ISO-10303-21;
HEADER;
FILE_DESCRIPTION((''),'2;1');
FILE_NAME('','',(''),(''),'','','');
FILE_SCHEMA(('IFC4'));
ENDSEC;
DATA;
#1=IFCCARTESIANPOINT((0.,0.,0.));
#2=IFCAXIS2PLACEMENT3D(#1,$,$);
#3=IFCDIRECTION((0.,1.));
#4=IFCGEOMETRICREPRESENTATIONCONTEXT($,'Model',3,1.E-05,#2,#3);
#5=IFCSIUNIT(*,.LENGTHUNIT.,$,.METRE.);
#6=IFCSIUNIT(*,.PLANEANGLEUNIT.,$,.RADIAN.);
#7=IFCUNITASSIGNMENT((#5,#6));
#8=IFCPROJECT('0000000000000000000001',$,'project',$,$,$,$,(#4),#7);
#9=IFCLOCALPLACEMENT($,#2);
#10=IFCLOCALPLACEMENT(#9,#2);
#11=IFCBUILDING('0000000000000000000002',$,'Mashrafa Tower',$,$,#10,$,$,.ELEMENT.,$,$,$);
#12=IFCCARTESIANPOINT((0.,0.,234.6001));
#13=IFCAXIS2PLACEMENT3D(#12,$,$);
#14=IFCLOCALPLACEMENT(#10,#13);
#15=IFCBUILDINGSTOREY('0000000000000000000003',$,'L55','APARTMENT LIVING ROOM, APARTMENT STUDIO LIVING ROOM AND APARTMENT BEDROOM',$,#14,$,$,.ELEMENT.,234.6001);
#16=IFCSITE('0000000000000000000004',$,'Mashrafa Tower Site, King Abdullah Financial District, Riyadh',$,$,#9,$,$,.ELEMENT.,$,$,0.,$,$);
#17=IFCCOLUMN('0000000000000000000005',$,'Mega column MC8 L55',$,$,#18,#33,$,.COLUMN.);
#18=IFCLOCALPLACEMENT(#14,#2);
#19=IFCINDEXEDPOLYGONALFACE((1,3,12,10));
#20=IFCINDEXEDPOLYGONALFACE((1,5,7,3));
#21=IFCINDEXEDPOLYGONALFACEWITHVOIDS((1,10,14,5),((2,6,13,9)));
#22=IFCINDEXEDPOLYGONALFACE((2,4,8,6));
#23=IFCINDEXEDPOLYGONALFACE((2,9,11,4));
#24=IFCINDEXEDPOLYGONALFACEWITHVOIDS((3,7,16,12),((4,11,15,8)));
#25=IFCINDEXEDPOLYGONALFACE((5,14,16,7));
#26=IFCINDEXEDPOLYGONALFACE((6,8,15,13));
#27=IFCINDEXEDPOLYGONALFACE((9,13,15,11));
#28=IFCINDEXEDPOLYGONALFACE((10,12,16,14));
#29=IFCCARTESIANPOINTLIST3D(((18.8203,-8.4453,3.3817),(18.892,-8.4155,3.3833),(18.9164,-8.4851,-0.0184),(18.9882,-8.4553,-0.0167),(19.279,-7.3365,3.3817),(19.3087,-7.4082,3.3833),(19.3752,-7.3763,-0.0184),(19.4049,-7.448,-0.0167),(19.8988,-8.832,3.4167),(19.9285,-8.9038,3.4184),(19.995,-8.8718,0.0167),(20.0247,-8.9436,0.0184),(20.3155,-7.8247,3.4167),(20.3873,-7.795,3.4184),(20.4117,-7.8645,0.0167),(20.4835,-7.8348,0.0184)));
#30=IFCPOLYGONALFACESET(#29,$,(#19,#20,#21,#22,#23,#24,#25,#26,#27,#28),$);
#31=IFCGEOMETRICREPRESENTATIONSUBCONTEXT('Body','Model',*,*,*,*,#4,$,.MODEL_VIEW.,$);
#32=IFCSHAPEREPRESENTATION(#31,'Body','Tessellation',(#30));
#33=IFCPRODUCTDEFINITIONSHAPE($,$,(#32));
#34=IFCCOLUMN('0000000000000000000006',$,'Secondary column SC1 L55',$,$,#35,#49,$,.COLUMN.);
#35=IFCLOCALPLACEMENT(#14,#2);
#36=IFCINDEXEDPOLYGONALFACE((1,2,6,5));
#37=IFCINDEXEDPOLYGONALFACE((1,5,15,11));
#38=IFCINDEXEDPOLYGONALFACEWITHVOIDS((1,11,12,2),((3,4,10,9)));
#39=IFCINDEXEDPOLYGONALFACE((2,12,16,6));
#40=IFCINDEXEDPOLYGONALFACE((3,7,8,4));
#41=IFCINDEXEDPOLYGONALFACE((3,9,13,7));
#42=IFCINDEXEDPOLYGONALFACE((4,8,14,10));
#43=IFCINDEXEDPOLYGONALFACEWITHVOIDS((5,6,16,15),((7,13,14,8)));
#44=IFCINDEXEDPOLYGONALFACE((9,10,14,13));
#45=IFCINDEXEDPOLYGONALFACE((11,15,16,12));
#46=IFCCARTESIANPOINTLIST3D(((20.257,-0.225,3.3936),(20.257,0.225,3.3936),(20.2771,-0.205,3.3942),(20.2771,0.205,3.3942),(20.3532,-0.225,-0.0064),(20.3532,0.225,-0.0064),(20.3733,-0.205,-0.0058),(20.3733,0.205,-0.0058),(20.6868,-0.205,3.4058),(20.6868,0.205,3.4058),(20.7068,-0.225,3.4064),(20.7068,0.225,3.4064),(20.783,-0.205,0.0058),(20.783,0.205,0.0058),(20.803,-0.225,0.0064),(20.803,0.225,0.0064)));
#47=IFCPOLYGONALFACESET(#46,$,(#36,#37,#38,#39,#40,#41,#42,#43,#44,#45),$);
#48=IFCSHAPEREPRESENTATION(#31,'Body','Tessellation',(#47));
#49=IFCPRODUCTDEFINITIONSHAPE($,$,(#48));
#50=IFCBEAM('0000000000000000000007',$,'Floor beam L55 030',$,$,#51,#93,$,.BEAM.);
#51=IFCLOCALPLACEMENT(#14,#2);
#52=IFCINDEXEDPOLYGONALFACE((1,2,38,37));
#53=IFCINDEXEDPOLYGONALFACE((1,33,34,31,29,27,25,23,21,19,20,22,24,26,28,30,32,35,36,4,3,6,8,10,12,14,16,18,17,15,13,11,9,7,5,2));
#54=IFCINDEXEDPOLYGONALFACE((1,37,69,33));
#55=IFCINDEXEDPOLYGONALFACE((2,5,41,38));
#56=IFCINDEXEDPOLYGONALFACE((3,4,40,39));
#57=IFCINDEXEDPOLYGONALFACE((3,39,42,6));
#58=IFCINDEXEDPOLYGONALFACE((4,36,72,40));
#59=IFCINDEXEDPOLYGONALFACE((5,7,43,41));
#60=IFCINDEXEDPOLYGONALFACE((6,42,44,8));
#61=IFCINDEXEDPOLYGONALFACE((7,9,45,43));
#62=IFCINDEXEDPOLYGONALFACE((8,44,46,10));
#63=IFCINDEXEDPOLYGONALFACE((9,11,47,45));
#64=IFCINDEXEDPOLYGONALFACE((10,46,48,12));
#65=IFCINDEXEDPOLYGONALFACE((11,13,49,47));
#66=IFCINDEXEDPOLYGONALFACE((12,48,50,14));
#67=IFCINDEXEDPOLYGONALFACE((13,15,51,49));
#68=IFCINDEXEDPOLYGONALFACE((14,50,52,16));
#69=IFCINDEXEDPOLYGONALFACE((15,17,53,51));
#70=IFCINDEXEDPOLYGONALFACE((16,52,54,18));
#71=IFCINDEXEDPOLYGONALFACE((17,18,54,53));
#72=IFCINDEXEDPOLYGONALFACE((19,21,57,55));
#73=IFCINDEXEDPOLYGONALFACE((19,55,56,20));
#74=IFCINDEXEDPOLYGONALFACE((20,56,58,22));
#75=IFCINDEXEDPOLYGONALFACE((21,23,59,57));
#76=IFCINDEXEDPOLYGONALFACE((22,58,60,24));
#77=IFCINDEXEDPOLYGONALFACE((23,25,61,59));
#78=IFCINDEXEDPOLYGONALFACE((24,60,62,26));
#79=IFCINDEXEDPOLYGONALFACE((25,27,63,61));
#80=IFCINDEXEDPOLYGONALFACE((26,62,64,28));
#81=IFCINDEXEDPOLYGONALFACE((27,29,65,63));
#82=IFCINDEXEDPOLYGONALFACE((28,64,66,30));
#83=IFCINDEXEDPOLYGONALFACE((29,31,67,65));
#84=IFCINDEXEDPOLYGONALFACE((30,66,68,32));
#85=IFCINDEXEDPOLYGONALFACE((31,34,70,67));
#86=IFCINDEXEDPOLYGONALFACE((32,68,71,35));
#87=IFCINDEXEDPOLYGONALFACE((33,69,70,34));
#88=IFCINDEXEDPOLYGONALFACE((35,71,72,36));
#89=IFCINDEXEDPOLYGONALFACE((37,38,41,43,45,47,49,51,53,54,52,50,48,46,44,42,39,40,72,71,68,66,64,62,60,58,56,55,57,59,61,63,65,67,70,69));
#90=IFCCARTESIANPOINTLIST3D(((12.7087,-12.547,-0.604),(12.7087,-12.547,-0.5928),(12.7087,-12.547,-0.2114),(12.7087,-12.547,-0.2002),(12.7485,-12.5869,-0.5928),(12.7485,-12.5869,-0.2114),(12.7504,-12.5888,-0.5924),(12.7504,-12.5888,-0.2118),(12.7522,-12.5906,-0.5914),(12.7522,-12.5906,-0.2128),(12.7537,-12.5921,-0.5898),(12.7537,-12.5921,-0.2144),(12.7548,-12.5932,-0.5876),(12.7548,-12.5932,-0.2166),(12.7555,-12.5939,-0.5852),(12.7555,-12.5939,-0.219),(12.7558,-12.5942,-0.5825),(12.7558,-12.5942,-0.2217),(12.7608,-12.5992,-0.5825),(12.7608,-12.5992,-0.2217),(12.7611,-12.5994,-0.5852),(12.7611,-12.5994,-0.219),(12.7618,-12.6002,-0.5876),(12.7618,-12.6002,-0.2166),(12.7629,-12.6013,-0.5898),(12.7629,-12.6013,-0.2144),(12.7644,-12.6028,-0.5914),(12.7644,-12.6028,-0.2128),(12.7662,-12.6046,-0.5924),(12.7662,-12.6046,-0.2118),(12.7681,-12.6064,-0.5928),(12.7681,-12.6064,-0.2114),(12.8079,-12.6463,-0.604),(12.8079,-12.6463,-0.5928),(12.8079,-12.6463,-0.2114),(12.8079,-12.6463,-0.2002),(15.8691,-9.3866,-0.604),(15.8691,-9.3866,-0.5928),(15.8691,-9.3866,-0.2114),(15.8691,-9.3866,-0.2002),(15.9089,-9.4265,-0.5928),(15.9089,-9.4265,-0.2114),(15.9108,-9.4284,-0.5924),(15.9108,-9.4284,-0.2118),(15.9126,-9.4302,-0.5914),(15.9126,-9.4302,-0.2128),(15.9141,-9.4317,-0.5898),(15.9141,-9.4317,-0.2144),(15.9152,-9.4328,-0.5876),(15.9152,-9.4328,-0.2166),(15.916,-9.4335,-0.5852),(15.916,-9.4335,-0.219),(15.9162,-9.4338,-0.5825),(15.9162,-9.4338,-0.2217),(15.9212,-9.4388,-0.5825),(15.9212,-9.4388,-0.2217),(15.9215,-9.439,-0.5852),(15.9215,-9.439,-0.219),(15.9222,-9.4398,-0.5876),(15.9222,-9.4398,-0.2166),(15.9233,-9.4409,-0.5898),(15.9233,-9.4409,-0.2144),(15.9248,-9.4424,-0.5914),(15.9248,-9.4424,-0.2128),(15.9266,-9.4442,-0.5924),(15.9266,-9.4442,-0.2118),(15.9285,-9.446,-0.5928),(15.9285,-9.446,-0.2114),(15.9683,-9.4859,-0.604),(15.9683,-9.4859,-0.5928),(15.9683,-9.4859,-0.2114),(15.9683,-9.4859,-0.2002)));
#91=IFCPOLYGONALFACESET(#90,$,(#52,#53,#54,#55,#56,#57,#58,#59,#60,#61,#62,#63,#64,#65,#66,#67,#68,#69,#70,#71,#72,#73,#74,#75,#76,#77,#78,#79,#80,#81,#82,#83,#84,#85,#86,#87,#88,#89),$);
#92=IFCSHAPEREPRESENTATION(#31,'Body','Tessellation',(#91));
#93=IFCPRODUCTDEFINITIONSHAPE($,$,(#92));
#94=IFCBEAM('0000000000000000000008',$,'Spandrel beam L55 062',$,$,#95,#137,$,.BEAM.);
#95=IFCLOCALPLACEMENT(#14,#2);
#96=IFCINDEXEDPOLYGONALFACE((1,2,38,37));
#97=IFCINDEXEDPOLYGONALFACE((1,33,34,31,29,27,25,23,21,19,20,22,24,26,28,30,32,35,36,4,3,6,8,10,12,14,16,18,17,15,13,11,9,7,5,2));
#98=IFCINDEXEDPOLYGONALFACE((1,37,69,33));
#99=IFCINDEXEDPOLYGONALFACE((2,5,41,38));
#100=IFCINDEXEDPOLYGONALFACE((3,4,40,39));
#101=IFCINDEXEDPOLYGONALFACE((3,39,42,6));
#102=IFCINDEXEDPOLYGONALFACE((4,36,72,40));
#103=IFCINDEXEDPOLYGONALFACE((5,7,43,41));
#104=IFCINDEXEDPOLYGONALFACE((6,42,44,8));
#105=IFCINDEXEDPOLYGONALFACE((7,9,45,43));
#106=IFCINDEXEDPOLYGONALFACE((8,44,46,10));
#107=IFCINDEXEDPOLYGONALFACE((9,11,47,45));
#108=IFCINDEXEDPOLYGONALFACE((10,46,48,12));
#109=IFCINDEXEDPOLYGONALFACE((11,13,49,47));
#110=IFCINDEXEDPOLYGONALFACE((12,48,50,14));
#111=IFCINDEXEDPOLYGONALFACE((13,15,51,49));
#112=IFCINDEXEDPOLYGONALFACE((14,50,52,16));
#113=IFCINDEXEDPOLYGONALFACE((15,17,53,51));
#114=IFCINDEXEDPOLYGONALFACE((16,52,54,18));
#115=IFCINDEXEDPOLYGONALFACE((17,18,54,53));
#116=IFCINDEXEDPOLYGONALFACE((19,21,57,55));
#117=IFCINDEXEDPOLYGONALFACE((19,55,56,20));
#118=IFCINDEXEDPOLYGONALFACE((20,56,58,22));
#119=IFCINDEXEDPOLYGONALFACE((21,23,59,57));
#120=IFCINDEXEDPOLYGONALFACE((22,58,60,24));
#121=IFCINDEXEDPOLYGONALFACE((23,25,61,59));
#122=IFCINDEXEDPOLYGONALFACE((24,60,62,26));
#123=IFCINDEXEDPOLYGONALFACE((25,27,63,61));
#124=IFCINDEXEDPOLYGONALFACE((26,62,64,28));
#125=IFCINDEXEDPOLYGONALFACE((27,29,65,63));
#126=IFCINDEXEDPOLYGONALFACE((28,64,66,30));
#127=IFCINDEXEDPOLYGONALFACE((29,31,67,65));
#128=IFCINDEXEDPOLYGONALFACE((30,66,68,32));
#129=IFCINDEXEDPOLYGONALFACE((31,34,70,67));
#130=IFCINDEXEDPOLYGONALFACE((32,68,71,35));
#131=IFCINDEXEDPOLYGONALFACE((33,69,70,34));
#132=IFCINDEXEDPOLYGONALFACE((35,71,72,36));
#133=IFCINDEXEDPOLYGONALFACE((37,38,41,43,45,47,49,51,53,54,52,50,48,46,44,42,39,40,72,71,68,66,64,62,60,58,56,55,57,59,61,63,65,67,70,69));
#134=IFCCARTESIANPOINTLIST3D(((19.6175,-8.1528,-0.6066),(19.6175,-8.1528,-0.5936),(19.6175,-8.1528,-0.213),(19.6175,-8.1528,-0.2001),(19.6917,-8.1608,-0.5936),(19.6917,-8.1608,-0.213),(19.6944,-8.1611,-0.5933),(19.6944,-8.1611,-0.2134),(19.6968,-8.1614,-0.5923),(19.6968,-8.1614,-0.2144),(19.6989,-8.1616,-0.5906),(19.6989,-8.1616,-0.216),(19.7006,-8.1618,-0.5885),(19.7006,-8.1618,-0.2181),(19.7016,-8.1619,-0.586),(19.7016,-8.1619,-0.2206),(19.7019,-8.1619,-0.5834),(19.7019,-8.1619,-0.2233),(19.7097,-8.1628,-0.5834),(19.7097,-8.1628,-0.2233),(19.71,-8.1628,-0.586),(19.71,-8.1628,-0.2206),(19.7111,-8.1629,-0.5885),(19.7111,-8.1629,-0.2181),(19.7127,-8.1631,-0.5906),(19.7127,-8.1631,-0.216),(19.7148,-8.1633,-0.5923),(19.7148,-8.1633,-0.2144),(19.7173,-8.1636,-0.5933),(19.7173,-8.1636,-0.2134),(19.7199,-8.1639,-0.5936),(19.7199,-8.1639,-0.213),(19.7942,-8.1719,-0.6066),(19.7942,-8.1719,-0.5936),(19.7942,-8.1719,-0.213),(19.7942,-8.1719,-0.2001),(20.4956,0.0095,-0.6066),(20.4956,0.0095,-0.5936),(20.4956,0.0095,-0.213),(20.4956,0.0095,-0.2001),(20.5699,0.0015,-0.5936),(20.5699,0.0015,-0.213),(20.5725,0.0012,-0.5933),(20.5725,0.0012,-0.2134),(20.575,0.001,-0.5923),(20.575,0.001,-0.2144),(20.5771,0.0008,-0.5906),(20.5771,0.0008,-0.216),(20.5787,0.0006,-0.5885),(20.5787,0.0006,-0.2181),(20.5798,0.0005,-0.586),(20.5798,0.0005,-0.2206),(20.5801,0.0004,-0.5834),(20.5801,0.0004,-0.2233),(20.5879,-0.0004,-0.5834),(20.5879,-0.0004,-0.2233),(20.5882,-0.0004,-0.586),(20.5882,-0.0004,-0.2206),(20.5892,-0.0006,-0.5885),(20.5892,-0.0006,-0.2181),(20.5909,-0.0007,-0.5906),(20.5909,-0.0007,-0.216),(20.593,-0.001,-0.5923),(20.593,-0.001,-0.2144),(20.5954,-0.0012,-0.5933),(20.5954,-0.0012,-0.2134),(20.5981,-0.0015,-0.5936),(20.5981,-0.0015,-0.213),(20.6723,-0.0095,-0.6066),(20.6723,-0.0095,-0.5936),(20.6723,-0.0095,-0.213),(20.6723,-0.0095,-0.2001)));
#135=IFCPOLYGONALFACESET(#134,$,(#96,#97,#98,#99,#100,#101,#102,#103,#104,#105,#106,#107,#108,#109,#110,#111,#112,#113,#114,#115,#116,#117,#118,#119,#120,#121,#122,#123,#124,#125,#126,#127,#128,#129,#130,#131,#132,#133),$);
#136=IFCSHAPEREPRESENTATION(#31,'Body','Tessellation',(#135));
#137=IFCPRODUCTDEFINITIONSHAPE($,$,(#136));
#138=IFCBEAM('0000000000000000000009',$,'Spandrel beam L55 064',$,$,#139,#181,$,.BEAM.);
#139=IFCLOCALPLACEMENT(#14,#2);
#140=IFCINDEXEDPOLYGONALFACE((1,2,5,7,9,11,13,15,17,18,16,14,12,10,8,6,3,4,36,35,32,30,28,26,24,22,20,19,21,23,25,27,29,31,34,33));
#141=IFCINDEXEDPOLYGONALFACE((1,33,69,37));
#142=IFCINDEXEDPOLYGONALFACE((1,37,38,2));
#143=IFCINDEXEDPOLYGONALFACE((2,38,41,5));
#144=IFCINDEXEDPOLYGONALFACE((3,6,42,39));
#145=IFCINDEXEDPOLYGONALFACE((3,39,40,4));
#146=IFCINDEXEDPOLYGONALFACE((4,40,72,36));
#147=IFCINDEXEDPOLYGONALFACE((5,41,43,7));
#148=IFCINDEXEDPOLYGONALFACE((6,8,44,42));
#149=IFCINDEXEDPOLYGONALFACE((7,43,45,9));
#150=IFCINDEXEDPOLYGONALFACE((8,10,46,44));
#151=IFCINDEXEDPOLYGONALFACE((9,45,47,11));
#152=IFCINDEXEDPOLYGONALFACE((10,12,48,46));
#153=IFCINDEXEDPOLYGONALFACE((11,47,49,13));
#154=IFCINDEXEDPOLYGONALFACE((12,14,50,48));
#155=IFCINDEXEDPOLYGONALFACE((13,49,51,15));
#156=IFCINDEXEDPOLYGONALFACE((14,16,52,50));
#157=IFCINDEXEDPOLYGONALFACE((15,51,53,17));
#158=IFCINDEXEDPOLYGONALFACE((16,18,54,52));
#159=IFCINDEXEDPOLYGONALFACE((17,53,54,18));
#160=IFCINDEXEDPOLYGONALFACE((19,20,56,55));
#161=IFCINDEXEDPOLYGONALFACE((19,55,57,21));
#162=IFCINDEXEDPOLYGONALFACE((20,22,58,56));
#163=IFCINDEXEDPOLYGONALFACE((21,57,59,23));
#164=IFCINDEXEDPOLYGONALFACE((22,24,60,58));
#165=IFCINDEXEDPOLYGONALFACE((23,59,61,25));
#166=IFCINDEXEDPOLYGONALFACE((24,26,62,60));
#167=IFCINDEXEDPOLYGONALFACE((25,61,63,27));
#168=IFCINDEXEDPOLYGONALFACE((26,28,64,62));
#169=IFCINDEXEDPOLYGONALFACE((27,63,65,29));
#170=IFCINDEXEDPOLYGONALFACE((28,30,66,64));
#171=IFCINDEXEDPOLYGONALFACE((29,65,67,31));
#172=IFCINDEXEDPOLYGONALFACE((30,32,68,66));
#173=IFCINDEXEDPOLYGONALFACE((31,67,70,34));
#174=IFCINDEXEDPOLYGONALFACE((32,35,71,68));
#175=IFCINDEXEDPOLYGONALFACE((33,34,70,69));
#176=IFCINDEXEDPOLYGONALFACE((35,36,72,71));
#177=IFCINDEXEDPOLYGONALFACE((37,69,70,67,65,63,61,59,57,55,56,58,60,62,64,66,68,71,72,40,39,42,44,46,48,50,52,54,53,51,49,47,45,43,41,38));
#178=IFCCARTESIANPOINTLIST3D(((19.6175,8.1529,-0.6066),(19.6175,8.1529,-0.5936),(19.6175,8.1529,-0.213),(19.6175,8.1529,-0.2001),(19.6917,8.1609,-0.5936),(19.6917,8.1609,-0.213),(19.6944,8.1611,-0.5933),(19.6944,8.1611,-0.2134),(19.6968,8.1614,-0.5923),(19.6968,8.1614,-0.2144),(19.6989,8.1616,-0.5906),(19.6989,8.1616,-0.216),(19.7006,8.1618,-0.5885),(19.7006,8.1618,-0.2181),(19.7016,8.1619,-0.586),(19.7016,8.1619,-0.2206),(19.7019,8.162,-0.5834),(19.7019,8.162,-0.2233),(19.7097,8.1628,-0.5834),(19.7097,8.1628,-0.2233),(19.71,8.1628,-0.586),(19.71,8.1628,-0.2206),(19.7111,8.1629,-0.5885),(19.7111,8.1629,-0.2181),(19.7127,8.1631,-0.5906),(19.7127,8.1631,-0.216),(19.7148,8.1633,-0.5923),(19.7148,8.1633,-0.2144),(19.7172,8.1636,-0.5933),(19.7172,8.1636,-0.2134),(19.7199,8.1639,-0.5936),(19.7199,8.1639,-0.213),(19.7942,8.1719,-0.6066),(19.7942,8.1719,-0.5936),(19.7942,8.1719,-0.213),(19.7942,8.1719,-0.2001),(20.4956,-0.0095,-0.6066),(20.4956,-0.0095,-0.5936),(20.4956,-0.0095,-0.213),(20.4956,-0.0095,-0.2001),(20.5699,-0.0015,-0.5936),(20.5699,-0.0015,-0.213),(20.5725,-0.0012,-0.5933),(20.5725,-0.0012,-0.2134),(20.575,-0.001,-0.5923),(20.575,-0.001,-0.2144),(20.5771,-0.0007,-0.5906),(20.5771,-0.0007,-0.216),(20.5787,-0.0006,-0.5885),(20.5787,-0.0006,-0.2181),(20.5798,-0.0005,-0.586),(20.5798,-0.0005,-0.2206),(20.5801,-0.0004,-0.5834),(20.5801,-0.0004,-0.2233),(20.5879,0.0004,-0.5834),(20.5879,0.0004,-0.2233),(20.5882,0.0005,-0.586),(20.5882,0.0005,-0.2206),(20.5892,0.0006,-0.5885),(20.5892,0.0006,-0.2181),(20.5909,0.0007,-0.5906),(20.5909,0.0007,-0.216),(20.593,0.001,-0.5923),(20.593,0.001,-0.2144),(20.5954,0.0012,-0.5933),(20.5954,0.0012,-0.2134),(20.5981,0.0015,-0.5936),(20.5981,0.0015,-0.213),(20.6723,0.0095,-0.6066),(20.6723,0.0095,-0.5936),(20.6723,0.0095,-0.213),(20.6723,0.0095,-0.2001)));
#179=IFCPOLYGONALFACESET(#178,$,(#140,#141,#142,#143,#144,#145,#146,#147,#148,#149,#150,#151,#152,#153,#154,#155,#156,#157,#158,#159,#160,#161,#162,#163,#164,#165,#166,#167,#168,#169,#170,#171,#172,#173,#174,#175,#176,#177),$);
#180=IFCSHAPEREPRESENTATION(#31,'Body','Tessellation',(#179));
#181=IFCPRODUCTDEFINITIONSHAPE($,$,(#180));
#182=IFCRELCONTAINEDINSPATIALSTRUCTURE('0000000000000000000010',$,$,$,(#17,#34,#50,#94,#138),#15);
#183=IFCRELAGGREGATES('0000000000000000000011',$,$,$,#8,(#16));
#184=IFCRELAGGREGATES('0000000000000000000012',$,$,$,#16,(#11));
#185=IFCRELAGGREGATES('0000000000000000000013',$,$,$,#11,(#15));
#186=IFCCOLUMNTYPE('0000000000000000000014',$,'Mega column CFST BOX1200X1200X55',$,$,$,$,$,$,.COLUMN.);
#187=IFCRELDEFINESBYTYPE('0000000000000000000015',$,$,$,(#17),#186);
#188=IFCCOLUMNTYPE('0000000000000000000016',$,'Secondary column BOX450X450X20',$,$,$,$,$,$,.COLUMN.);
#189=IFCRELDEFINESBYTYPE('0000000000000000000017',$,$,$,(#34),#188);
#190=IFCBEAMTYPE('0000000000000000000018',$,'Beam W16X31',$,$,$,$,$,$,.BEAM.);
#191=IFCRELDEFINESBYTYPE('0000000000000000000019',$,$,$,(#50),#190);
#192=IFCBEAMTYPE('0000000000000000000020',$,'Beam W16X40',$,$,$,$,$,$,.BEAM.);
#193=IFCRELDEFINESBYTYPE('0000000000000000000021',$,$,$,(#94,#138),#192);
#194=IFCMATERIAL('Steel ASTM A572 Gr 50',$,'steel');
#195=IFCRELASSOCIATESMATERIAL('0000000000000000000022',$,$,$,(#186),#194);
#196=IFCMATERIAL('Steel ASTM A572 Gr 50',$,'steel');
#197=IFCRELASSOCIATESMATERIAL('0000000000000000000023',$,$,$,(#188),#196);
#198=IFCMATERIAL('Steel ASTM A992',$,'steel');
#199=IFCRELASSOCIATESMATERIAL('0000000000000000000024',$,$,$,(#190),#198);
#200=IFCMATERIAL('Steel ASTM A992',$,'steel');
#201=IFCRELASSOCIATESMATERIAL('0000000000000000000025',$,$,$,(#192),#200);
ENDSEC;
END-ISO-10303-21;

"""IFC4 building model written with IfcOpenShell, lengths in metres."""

from ifc_helpers import new_model, si_unit, direction, frame, origin, origin_2d, place, context, subcontext, project, spatial, hollow_rectangle, i_section, extrude, material, material_profile, profile_set, type_object, element, save


model = new_model("IFC4")

# Units and contexts
model_context = context("Model", 3, precision=1e-05, world=origin(), true_north=direction((0.0, 1.0)))
body_context = subcontext(model_context, "Body", "Model", "MODEL_VIEW")
ifc_project = project(units=[si_unit("LENGTHUNIT", "METRE"), si_unit("PLANEANGLEUNIT", "RADIAN")], contexts=[model_context])

# Site, building, storey
site_placement = place(None, origin())
site = spatial("IfcSite", under=ifc_project, at=site_placement, Name="Mashrafa Tower Site, King Abdullah Financial District, Riyadh", CompositionType="ELEMENT", RefElevation=0.0)
building_placement = place(site_placement, origin())
building = spatial("IfcBuilding", under=site, at=building_placement, Name="Mashrafa Tower", CompositionType="ELEMENT")
storey_placement = place(building_placement, frame((0.0, 0.0, 234.6001)))
storey = spatial("IfcBuildingStorey", under=building, at=storey_placement, Name="L55", Description="APARTMENT LIVING ROOM, APARTMENT STUDIO LIVING ROOM AND APARTMENT BEDROOM", CompositionType="ELEMENT", Elevation=234.6001)

# Columns
ifc_material_1 = material(Name="Steel ASTM A572 Gr 50", Category="steel")
ifc_material_profile_1 = material_profile(ifc_material_1, hollow_rectangle(XDim=1.2, YDim=1.2, WallThickness=0.0549, at=origin_2d()), Name="BOX1200X1200X55")
ifc_profile_set_1 = profile_set([ifc_material_profile_1], Name="Steel ASTM A572 Gr 50")
column_type_1 = type_object("IfcColumnType", Name="Mega column CFST BOX1200X1200X55", PredefinedType="COLUMN", material=ifc_profile_set_1)
column_1_placement = place(storey_placement, frame((19.7, -8.1599, 0.0), z_axis=(-0.028279, 0.011699, 0.999532), x_axis=(-0.382283, -0.924045, 0.0)))
element("IfcColumn", 1, at=column_1_placement, inside=storey, type_object=column_type_1, Name="Mega column MC8 L55", PredefinedType="COLUMN", context=body_context, shape_type="SweptSolid", body=[
    extrude(hollow_rectangle(XDim=1.2, YDim=1.2, WallThickness=0.0549, at=origin_2d()), origin(), (0.0, 0.0, 1.0), 3.4016),
])
ifc_material_2 = material(Name="Steel ASTM A572 Gr 50", Category="steel")
ifc_material_profile_2 = material_profile(ifc_material_2, hollow_rectangle(XDim=0.45, YDim=0.45, WallThickness=0.02, at=origin_2d()), Name="BOX450X450X20")
ifc_profile_set_2 = profile_set([ifc_material_profile_2], Name="Steel ASTM A572 Gr 50")
column_type_2 = type_object("IfcColumnType", Name="Secondary column BOX450X450X20", PredefinedType="COLUMN", material=ifc_profile_set_2)
column_2_placement = place(storey_placement, frame((20.5781, 0.0, 0.0), z_axis=(-0.028281, 0.0, 0.9996), x_axis=(0.0, -1.0, 0.0)))
element("IfcColumn", 2, at=column_2_placement, inside=storey, type_object=column_type_2, Name="Secondary column SC1 L55", PredefinedType="COLUMN", context=body_context, shape_type="SweptSolid", body=[
    extrude(hollow_rectangle(XDim=0.45, YDim=0.45, WallThickness=0.02, at=origin_2d()), origin(), (0.0, 0.0, 1.0), 3.4014),
])

# Beams
ifc_material_3 = material(Name="Steel ASTM A992", Category="steel")
ifc_material_profile_3 = material_profile(ifc_material_3, i_section(OverallWidth=0.1404, OverallDepth=0.4038, WebThickness=0.0071, FlangeThickness=0.0112, FilletRadius=0.0103, at=origin_2d()), Name="W16X31")
ifc_profile_set_3 = profile_set([ifc_material_profile_3], Name="Steel ASTM A992")
beam_type_1 = type_object("IfcBeamType", Name="Beam W16X31", PredefinedType="BEAM", material=ifc_profile_set_3)
beam_1_placement = place(storey_placement, frame((15.9187, -9.4363, -0.4021), z_axis=(-0.707107, -0.707107, 0.0), x_axis=(0.707107, -0.707107, 0.0)))
element("IfcBeam", 3, at=beam_1_placement, inside=storey, type_object=beam_type_1, Name="Floor beam L55 030", PredefinedType="BEAM", context=body_context, shape_type="SweptSolid", body=[
    extrude(i_section(OverallWidth=0.1404, OverallDepth=0.4038, WebThickness=0.0071, FlangeThickness=0.0112, FilletRadius=0.0103, at=origin_2d()), origin(), (0.0, 0.0, 1.0), 4.4695),
])
ifc_material_4 = material(Name="Steel ASTM A992", Category="steel")
ifc_material_profile_4 = material_profile(ifc_material_4, i_section(OverallWidth=0.1777, OverallDepth=0.4065, WebThickness=0.0078, FlangeThickness=0.0129, FilletRadius=0.0103, at=origin_2d()), Name="W16X40")
ifc_profile_set_4 = profile_set([ifc_material_profile_4], Name="Steel ASTM A992")
beam_type_2 = type_object("IfcBeamType", Name="Beam W16X40", PredefinedType="BEAM", material=ifc_profile_set_4)
for number, where, z_axis, x_axis, name in (
    (4, (19.7058, -8.1624, -0.4033), (0.106971, 0.994262, 0.0), (-0.994262, 0.106971, 0.0), "Spandrel beam L55 062"),
    (5, (20.584, 0.0, -0.4033), (-0.106971, 0.994262, 0.0), (-0.994262, -0.106971, 0.0), "Spandrel beam L55 064"),
):
    element("IfcBeam", number, at=place(storey_placement, frame(where, z_axis=z_axis, x_axis=x_axis)), inside=storey, type_object=beam_type_2, Name=name, PredefinedType="BEAM", context=body_context, shape_type="SweptSolid", body=[
        extrude(i_section(OverallWidth=0.1777, OverallDepth=0.4065, WebThickness=0.0078, FlangeThickness=0.0129, FilletRadius=0.0103, at=origin_2d()), origin(), (0.0, 0.0, 1.0), 8.2095),
    ])

save(model, "model.ifc")
